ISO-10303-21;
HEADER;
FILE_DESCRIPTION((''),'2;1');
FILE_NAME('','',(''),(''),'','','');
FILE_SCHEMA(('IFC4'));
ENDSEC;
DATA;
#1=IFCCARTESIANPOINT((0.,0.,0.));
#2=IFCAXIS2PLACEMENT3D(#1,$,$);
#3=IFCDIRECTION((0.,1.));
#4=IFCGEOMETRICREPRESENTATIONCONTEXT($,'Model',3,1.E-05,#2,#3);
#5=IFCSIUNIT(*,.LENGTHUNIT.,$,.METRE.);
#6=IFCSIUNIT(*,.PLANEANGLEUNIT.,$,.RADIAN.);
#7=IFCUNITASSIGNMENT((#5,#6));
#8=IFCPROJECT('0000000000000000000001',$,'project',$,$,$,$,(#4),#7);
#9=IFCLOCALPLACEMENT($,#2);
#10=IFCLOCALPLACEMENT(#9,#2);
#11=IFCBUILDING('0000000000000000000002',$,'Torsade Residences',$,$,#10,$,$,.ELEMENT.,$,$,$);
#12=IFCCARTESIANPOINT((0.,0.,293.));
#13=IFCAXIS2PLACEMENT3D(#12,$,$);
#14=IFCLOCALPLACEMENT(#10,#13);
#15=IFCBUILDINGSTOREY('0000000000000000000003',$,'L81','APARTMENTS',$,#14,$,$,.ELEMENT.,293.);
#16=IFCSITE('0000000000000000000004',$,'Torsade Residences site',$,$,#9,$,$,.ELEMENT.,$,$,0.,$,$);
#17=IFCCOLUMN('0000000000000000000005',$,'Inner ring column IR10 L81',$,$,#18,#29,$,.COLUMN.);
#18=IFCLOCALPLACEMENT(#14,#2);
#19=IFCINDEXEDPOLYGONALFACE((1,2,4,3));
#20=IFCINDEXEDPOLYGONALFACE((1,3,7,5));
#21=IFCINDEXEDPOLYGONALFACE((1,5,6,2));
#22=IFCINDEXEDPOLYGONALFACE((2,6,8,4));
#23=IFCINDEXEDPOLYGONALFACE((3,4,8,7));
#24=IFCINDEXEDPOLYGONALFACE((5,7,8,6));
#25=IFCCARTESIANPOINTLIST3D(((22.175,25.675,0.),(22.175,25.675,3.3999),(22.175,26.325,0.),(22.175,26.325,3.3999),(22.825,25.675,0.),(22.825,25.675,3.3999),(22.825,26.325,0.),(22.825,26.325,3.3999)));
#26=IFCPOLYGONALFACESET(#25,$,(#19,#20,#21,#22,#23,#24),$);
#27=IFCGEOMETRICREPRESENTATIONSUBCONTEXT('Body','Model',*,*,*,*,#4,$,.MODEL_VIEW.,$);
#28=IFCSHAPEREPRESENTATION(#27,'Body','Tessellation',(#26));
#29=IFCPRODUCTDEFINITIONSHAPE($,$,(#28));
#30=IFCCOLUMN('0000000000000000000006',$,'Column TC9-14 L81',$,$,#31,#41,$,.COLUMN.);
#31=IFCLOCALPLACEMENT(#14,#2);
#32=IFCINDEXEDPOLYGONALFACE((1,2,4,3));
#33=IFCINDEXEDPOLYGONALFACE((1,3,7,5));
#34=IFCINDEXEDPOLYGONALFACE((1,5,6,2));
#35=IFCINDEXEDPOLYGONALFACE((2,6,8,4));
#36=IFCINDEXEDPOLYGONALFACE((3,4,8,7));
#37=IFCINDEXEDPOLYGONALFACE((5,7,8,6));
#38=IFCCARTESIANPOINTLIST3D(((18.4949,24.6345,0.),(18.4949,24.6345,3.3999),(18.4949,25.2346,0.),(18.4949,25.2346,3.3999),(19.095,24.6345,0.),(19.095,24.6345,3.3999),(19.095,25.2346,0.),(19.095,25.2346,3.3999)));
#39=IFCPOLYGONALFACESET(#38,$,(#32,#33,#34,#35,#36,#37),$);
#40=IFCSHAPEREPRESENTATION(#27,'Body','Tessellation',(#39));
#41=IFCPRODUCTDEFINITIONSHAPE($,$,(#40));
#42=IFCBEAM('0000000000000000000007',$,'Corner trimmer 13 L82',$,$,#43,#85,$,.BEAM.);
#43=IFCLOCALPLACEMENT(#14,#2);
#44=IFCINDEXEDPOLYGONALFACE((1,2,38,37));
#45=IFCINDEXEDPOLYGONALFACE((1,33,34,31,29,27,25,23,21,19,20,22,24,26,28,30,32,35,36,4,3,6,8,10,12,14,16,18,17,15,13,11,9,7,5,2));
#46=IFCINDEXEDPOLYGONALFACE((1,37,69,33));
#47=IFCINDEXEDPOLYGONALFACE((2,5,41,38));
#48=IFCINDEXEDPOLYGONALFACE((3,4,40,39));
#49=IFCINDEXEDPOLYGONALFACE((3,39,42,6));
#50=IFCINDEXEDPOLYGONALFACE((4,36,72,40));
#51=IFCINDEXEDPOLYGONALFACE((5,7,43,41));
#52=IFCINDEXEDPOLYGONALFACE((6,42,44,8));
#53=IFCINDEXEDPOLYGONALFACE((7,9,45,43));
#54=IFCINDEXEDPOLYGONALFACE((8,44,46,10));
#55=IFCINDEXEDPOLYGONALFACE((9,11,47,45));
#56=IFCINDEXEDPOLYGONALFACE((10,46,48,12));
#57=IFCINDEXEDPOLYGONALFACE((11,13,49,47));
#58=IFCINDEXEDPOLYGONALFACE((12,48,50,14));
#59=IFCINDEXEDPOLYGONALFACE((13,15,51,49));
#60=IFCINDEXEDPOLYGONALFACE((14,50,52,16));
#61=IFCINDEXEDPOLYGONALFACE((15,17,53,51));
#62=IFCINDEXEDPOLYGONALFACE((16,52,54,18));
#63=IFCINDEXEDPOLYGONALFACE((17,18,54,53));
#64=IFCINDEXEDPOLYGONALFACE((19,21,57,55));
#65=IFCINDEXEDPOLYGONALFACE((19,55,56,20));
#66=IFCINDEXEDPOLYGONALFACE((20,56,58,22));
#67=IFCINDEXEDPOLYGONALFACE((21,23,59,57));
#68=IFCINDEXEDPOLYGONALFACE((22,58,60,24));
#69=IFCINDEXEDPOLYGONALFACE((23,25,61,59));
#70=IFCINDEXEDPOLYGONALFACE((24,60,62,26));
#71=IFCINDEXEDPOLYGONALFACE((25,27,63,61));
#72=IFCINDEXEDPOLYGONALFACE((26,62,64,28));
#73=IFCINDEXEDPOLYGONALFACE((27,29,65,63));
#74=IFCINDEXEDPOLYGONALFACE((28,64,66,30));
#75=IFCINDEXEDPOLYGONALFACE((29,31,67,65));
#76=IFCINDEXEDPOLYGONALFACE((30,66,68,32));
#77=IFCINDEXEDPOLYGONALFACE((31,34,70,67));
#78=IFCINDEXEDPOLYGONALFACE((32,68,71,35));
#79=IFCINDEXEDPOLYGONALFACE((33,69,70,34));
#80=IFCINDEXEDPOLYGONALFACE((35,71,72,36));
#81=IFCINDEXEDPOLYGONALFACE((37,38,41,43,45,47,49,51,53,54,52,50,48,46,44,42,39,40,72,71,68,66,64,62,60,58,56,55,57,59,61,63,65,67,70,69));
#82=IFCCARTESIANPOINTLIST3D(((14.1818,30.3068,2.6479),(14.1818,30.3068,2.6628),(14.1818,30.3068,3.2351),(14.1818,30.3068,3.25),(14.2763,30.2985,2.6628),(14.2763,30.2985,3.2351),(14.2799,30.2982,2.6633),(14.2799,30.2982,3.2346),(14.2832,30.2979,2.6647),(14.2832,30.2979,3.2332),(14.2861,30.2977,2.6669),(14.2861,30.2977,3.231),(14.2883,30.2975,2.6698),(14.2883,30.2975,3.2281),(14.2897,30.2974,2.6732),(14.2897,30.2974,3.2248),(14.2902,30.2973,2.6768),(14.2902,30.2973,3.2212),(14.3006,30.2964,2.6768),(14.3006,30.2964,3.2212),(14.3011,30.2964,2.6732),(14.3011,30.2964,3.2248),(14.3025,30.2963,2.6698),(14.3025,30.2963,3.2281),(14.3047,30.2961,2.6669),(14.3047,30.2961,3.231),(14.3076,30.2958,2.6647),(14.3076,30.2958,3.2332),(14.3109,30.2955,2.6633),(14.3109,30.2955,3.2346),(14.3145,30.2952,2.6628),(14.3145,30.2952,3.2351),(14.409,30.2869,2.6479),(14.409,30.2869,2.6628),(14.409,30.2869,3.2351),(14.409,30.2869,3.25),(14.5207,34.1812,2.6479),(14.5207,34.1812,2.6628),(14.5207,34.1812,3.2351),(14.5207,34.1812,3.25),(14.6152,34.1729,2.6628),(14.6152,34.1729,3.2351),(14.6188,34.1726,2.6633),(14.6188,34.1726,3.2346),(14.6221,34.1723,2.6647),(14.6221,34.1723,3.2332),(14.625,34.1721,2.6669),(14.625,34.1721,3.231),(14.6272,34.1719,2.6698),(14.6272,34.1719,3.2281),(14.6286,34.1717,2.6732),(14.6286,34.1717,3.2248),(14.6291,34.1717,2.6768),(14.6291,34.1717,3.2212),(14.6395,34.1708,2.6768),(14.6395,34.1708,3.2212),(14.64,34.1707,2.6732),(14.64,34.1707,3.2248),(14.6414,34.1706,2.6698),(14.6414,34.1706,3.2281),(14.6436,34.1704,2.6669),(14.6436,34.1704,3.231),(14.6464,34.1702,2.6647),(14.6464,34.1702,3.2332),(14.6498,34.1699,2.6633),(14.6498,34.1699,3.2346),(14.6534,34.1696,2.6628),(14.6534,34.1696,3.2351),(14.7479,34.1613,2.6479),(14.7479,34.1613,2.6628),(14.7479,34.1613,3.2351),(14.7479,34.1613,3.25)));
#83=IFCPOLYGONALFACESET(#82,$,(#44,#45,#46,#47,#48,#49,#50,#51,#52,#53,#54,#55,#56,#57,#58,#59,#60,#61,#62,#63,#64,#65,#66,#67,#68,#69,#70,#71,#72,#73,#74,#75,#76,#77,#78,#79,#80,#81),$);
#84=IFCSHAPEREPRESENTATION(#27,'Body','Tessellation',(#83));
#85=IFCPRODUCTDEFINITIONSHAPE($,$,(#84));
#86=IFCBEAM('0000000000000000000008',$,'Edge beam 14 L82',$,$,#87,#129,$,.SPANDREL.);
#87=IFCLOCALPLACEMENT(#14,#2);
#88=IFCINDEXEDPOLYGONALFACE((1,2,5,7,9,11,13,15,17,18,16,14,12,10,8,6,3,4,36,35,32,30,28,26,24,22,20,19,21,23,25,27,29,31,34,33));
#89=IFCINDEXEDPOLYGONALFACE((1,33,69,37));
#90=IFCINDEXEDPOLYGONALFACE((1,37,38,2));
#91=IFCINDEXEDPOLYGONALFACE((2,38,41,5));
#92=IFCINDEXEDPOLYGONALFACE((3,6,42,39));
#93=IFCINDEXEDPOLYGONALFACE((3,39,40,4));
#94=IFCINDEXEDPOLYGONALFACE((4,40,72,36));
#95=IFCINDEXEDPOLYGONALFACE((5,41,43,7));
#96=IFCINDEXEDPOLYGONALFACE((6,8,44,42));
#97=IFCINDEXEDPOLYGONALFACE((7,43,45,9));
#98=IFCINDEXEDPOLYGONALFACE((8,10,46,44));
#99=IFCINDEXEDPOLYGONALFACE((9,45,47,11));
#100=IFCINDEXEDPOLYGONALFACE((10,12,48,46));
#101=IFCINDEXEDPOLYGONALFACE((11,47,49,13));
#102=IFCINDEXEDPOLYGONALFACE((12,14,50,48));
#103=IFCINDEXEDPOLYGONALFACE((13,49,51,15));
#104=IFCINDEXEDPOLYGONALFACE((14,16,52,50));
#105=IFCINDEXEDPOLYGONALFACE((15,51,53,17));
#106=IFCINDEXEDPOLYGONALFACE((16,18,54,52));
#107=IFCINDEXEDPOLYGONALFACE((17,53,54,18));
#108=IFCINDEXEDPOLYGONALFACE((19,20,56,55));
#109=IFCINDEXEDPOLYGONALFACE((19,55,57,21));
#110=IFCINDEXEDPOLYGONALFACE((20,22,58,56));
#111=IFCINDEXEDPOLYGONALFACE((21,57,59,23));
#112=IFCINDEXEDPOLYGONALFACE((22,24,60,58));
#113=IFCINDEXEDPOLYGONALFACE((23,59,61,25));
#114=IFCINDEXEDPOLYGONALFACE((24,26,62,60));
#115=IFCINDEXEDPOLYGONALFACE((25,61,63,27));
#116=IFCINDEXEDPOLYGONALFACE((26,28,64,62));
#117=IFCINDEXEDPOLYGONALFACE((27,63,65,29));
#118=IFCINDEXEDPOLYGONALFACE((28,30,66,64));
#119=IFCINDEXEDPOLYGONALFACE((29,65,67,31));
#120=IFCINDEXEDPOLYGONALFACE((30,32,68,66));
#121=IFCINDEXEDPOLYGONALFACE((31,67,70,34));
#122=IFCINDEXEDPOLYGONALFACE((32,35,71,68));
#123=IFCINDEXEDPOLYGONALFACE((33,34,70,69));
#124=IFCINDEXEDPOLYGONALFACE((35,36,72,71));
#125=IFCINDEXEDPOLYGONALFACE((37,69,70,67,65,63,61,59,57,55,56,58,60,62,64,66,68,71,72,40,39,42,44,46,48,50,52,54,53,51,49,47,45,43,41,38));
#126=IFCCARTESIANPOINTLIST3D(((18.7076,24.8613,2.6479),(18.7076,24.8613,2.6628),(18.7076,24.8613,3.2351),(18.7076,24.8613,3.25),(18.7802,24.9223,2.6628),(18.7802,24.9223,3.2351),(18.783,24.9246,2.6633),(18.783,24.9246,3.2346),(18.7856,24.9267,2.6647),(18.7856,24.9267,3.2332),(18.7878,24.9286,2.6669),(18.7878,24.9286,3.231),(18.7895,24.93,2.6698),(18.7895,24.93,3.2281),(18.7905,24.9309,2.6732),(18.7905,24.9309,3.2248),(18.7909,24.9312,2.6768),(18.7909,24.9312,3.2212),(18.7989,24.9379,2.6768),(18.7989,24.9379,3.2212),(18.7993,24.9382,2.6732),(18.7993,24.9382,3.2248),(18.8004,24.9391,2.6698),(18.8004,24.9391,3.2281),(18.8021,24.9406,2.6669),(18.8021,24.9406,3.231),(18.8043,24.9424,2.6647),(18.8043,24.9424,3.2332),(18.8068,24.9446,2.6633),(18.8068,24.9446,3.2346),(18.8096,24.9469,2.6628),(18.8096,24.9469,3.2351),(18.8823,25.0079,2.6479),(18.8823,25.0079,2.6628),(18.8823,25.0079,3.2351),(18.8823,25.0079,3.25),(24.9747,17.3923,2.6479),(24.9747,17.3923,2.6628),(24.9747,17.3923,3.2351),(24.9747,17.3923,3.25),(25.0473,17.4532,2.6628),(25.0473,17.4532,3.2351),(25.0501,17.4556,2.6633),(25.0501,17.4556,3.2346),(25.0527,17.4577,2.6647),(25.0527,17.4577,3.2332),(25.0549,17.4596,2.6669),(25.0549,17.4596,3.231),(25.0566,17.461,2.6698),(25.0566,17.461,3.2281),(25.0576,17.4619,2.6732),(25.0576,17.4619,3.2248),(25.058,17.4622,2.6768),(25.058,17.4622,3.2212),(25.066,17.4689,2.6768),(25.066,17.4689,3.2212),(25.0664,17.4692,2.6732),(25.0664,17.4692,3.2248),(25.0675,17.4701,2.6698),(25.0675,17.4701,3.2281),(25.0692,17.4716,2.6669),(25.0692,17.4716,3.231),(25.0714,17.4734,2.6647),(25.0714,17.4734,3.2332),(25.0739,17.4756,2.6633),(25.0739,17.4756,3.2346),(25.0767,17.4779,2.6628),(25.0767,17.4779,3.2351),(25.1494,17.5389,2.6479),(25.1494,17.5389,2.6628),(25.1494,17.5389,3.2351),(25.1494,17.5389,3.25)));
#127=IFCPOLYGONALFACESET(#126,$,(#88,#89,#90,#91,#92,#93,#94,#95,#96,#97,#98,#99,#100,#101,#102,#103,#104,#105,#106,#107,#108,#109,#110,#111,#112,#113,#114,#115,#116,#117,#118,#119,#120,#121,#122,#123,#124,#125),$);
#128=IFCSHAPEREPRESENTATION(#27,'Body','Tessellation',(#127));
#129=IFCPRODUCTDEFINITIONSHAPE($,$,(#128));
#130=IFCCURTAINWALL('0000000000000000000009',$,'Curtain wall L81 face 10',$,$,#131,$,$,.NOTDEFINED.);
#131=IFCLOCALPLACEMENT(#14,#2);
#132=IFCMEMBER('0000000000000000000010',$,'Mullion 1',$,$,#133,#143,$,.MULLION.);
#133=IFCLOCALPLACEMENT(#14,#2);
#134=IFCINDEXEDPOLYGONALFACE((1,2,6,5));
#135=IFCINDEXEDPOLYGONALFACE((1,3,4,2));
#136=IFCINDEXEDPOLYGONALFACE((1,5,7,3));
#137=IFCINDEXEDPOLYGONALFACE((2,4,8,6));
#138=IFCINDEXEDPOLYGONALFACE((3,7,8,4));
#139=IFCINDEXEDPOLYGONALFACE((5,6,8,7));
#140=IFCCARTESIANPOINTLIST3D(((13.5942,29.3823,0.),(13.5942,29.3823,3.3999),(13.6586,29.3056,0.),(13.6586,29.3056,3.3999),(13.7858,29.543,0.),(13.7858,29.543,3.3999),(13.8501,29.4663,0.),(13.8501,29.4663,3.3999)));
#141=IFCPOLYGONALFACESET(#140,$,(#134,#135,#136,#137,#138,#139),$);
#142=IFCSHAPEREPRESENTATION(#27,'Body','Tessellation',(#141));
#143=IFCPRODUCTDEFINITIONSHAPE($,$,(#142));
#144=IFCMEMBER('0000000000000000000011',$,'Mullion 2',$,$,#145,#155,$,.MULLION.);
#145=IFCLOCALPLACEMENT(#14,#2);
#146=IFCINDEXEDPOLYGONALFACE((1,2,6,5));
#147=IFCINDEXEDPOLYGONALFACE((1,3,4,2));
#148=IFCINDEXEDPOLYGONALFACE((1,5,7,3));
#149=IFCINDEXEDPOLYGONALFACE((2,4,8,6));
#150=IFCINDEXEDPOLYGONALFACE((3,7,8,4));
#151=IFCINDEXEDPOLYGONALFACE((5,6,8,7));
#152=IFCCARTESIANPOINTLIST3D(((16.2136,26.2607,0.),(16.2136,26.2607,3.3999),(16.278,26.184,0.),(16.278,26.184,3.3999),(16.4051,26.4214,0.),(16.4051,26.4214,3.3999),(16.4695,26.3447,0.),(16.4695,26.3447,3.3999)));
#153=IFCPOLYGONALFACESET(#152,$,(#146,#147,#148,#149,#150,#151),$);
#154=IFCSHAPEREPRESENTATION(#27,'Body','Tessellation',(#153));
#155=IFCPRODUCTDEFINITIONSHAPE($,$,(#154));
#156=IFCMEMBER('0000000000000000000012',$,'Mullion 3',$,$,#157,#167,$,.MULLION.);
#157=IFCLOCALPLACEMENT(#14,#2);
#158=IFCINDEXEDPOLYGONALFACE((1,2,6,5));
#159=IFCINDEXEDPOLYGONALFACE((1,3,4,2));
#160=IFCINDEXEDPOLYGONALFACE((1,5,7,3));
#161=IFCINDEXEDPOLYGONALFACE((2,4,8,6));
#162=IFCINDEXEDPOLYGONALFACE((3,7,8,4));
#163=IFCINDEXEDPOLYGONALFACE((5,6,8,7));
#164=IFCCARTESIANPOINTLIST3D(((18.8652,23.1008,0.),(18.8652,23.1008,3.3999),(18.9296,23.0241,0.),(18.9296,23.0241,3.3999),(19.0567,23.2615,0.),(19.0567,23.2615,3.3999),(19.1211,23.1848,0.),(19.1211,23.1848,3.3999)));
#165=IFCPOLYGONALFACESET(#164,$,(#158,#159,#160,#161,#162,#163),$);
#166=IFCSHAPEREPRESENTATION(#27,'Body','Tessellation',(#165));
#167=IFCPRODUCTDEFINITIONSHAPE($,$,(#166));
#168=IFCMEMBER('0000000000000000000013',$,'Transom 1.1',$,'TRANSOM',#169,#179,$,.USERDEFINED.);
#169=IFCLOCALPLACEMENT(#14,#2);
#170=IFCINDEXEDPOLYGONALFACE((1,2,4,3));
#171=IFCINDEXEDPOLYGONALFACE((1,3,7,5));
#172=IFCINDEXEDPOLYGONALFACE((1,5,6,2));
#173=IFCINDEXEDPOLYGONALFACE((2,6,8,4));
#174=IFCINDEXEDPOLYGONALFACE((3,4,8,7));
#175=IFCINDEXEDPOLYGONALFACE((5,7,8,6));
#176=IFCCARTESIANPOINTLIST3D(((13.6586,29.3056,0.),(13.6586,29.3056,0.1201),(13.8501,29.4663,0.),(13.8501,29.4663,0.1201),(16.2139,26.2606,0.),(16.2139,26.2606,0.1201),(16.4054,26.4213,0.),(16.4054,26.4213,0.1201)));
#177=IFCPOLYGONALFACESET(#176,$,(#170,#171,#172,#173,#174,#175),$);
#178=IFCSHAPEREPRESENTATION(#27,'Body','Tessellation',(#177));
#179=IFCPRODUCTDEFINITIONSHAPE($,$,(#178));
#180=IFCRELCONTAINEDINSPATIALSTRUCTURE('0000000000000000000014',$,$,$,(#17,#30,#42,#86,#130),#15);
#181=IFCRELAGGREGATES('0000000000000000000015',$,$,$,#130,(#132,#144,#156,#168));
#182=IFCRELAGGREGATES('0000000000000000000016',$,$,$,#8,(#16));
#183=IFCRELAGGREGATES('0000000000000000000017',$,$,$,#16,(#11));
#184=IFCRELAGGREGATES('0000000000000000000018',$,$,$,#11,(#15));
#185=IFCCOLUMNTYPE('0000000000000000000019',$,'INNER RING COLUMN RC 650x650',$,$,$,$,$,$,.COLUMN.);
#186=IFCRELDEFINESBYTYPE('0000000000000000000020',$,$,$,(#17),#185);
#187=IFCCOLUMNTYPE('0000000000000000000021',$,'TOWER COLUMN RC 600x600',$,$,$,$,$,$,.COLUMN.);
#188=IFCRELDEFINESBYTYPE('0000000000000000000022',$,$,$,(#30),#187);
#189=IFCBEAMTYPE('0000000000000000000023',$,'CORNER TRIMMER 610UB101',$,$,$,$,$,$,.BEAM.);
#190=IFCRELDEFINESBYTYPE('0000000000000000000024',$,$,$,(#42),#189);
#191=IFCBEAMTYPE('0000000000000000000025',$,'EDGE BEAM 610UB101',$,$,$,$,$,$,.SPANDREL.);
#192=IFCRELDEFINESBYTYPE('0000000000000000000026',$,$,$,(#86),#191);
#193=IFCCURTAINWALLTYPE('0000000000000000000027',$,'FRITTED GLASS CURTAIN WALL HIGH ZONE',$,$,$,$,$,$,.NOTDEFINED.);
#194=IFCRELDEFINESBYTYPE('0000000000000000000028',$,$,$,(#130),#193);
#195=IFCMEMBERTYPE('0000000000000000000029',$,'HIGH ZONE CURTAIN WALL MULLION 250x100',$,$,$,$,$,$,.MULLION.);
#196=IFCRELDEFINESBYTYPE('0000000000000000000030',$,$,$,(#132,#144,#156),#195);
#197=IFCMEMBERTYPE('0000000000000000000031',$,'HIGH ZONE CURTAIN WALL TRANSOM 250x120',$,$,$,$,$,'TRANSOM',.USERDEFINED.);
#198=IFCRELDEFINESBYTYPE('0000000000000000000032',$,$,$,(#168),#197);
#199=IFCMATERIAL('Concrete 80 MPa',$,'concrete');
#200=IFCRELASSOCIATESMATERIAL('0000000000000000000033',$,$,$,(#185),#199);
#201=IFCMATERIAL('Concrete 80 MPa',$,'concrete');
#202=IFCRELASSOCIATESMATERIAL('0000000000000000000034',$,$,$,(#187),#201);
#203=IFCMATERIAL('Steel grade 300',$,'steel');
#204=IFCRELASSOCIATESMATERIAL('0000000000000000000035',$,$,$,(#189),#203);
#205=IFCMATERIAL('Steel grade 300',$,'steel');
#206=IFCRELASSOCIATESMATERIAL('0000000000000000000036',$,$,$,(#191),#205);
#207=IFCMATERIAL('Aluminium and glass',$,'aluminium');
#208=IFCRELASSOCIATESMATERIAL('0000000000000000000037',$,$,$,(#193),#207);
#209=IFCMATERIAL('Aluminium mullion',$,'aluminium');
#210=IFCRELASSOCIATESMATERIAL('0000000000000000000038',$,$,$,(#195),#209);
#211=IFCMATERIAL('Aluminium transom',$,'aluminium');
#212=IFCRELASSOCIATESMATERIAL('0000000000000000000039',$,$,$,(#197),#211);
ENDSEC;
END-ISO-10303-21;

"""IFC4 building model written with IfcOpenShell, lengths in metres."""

from ifc_helpers import new_model, si_unit, direction, frame, origin, origin_2d, place, context, subcontext, project, spatial, rectangle, i_section, extrude, material, material_profile, profile_set, type_object, element, aggregate, save


model = new_model("IFC4")

# Units and contexts
model_context = context("Model", 3, precision=1e-05, world=origin(), true_north=direction((0.0, 1.0)))
body_context = subcontext(model_context, "Body", "Model", "MODEL_VIEW")
ifc_project = project(units=[si_unit("LENGTHUNIT", "METRE"), si_unit("PLANEANGLEUNIT", "RADIAN")], contexts=[model_context])

# Site, building, storey
site_placement = place(None, origin())
site = spatial("IfcSite", under=ifc_project, at=site_placement, Name="Torsade Residences site", CompositionType="ELEMENT", RefElevation=0.0)
building_placement = place(site_placement, origin())
building = spatial("IfcBuilding", under=site, at=building_placement, Name="Torsade Residences", CompositionType="ELEMENT")
storey_placement = place(building_placement, frame((0.0, 0.0, 293.0)))
storey = spatial("IfcBuildingStorey", under=building, at=storey_placement, Name="L81", Description="APARTMENTS", CompositionType="ELEMENT", Elevation=293.0)

# Columns
ifc_material_1 = material(Name="Concrete 80 MPa", Category="concrete")
ifc_material_profile_1 = material_profile(ifc_material_1, rectangle(XDim=0.6499, YDim=0.6499, at=origin_2d()), Name="RC 650x650")
ifc_profile_set_1 = profile_set([ifc_material_profile_1], Name="Concrete 80 MPa")
column_type_1 = type_object("IfcColumnType", Name="INNER RING COLUMN RC 650x650", PredefinedType="COLUMN", material=ifc_profile_set_1)
column_1_placement = place(storey_placement, frame((22.5, 26.0, 0.0), z_axis=(0.0, 0.0, 1.0), x_axis=(1.0, 0.0, 0.0)))
element("IfcColumn", 1, at=column_1_placement, inside=storey, type_object=column_type_1, Name="Inner ring column IR10 L81", PredefinedType="COLUMN", context=body_context, shape_type="SweptSolid", body=[
    extrude(rectangle(XDim=0.6499, YDim=0.6499, at=origin_2d()), origin(), (0.0, 0.0, 1.0), 3.3999),
])
ifc_material_2 = material(Name="Concrete 80 MPa", Category="concrete")
ifc_material_profile_2 = material_profile(ifc_material_2, rectangle(XDim=0.6001, YDim=0.6001, at=origin_2d()), Name="RC 600x600")
ifc_profile_set_2 = profile_set([ifc_material_profile_2], Name="Concrete 80 MPa")
column_type_2 = type_object("IfcColumnType", Name="TOWER COLUMN RC 600x600", PredefinedType="COLUMN", material=ifc_profile_set_2)
column_2_placement = place(storey_placement, frame((18.7949, 24.9346, 0.0), z_axis=(0.0, 0.0, 1.0), x_axis=(1.0, 0.0, 0.0)))
element("IfcColumn", 2, at=column_2_placement, inside=storey, type_object=column_type_2, Name="Column TC9-14 L81", PredefinedType="COLUMN", context=body_context, shape_type="SweptSolid", body=[
    extrude(rectangle(XDim=0.6001, YDim=0.6001, at=origin_2d()), origin(), (0.0, 0.0, 1.0), 3.3999),
])

# Beams
ifc_material_3 = material(Name="Steel grade 300", Category="steel")
ifc_material_profile_3 = material_profile(ifc_material_3, i_section(OverallWidth=0.228, OverallDepth=0.6021, WebThickness=0.0105, FlangeThickness=0.0149, FilletRadius=0.0139, at=origin_2d()), Name="610UB101")
ifc_profile_set_3 = profile_set([ifc_material_profile_3], Name="Steel grade 300")
beam_type_1 = type_object("IfcBeamType", Name="CORNER TRIMMER 610UB101", PredefinedType="BEAM", material=ifc_profile_set_3)
beam_1_placement = place(storey_placement, frame((14.2954, 30.2969, 2.949), z_axis=(0.087133, 0.996197, 0.0), x_axis=(-0.996197, 0.087133, 0.0)))
element("IfcBeam", 3, at=beam_1_placement, inside=storey, type_object=beam_type_1, Name="Corner trimmer 13 L82", PredefinedType="BEAM", context=body_context, shape_type="SweptSolid", body=[
    extrude(i_section(OverallWidth=0.228, OverallDepth=0.6021, WebThickness=0.0105, FlangeThickness=0.0149, FilletRadius=0.0139, at=origin_2d()), origin(), (0.0, 0.0, 1.0), 3.8892),
])
ifc_material_4 = material(Name="Steel grade 300", Category="steel")
ifc_material_profile_4 = material_profile(ifc_material_4, i_section(OverallWidth=0.228, OverallDepth=0.6021, WebThickness=0.0105, FlangeThickness=0.0149, FilletRadius=0.0139, at=origin_2d()), Name="610UB101")
ifc_profile_set_4 = profile_set([ifc_material_profile_4], Name="Steel grade 300")
beam_type_2 = type_object("IfcBeamType", Name="EDGE BEAM 610UB101", PredefinedType="SPANDREL", material=ifc_profile_set_4)
beam_2_placement = place(storey_placement, frame((18.7949, 24.9346, 2.949), z_axis=(0.642779, -0.766052, 0.0), x_axis=(0.766052, 0.642779, 0.0)))
element("IfcBeam", 4, at=beam_2_placement, inside=storey, type_object=beam_type_2, Name="Edge beam 14 L82", PredefinedType="SPANDREL", context=body_context, shape_type="SweptSolid", body=[
    extrude(i_section(OverallWidth=0.228, OverallDepth=0.6021, WebThickness=0.0105, FlangeThickness=0.0149, FilletRadius=0.0139, at=origin_2d()), origin(), (0.0, 0.0, 1.0), 9.75),
])

# Curtain wall, members
ifc_material_5 = material(Name="Aluminium and glass", Category="aluminium")
curtain_wall_type = type_object("IfcCurtainWallType", Name="FRITTED GLASS CURTAIN WALL HIGH ZONE", PredefinedType="NOTDEFINED", material=ifc_material_5)
curtain_wall_placement = place(storey_placement, origin())
curtain_wall = element("IfcCurtainWall", 5, at=curtain_wall_placement, inside=storey, type_object=curtain_wall_type, Name="Curtain wall L81 face 10", PredefinedType="NOTDEFINED")
ifc_material_6 = material(Name="Aluminium mullion", Category="aluminium")
ifc_material_profile_5 = material_profile(ifc_material_6, rectangle(XDim=0.25, YDim=0.1001, at=origin_2d()), Name="HIGH ZONE CURTAIN WALL MULLION 250x100")
ifc_profile_set_5 = profile_set([ifc_material_profile_5], Name="Aluminium mullion")
member_type_1 = type_object("IfcMemberType", Name="HIGH ZONE CURTAIN WALL MULLION 250x100", PredefinedType="MULLION", material=ifc_profile_set_5)
member_1_placement = place(storey_placement, frame((13.7222, 29.4243, 0.0), z_axis=(0.0, 0.0, 1.0), x_axis=(0.766044, 0.642788, 0.0)))
member_1 = element("IfcMember", 6, at=member_1_placement, type_object=member_type_1, Name="Mullion 1", PredefinedType="MULLION", context=body_context, shape_type="SweptSolid", body=[
    extrude(rectangle(XDim=0.25, YDim=0.1001, at=origin_2d()), origin(), (0.0, 0.0, 1.0), 3.3999),
])
member_2_placement = place(storey_placement, frame((16.3416, 26.3027, 0.0), z_axis=(0.0, 0.0, 1.0), x_axis=(0.766044, 0.642788, 0.0)))
member_2 = element("IfcMember", 7, at=member_2_placement, type_object=member_type_1, Name="Mullion 2", PredefinedType="MULLION", context=body_context, shape_type="SweptSolid", body=[
    extrude(rectangle(XDim=0.25, YDim=0.1001, at=origin_2d()), origin(), (0.0, 0.0, 1.0), 3.3999),
])
member_3_placement = place(storey_placement, frame((18.9932, 23.1428, 0.0), z_axis=(0.0, 0.0, 1.0), x_axis=(0.766044, 0.642788, 0.0)))
member_3 = element("IfcMember", 8, at=member_3_placement, type_object=member_type_1, Name="Mullion 3", PredefinedType="MULLION", context=body_context, shape_type="SweptSolid", body=[
    extrude(rectangle(XDim=0.25, YDim=0.1001, at=origin_2d()), origin(), (0.0, 0.0, 1.0), 3.3999),
])
ifc_material_7 = material(Name="Aluminium transom", Category="aluminium")
ifc_material_profile_6 = material_profile(ifc_material_7, rectangle(XDim=0.25, YDim=0.1201, at=origin_2d()), Name="HIGH ZONE CURTAIN WALL TRANSOM 250x120")
ifc_profile_set_6 = profile_set([ifc_material_profile_6], Name="Aluminium transom")
member_type_2 = type_object("IfcMemberType", Name="HIGH ZONE CURTAIN WALL TRANSOM 250x120", ElementType="TRANSOM", PredefinedType="USERDEFINED", material=ifc_profile_set_6)
member_4_placement = place(storey_placement, frame((13.7544, 29.386, 0.0601), z_axis=(0.642815, -0.766022, 0.0), x_axis=(0.766022, 0.642815, 0.0)))
member_4 = element("IfcMember", 9, at=member_4_placement, type_object=member_type_2, Name="Transom 1.1", ObjectType="TRANSOM", PredefinedType="USERDEFINED", context=body_context, shape_type="SweptSolid", body=[
    extrude(rectangle(XDim=0.25, YDim=0.1201, at=origin_2d()), origin(), (0.0, 0.0, 1.0), 3.9751),
])

aggregate(curtain_wall, [member_1, member_2, member_3, member_4])

save(model, "model.ifc")
